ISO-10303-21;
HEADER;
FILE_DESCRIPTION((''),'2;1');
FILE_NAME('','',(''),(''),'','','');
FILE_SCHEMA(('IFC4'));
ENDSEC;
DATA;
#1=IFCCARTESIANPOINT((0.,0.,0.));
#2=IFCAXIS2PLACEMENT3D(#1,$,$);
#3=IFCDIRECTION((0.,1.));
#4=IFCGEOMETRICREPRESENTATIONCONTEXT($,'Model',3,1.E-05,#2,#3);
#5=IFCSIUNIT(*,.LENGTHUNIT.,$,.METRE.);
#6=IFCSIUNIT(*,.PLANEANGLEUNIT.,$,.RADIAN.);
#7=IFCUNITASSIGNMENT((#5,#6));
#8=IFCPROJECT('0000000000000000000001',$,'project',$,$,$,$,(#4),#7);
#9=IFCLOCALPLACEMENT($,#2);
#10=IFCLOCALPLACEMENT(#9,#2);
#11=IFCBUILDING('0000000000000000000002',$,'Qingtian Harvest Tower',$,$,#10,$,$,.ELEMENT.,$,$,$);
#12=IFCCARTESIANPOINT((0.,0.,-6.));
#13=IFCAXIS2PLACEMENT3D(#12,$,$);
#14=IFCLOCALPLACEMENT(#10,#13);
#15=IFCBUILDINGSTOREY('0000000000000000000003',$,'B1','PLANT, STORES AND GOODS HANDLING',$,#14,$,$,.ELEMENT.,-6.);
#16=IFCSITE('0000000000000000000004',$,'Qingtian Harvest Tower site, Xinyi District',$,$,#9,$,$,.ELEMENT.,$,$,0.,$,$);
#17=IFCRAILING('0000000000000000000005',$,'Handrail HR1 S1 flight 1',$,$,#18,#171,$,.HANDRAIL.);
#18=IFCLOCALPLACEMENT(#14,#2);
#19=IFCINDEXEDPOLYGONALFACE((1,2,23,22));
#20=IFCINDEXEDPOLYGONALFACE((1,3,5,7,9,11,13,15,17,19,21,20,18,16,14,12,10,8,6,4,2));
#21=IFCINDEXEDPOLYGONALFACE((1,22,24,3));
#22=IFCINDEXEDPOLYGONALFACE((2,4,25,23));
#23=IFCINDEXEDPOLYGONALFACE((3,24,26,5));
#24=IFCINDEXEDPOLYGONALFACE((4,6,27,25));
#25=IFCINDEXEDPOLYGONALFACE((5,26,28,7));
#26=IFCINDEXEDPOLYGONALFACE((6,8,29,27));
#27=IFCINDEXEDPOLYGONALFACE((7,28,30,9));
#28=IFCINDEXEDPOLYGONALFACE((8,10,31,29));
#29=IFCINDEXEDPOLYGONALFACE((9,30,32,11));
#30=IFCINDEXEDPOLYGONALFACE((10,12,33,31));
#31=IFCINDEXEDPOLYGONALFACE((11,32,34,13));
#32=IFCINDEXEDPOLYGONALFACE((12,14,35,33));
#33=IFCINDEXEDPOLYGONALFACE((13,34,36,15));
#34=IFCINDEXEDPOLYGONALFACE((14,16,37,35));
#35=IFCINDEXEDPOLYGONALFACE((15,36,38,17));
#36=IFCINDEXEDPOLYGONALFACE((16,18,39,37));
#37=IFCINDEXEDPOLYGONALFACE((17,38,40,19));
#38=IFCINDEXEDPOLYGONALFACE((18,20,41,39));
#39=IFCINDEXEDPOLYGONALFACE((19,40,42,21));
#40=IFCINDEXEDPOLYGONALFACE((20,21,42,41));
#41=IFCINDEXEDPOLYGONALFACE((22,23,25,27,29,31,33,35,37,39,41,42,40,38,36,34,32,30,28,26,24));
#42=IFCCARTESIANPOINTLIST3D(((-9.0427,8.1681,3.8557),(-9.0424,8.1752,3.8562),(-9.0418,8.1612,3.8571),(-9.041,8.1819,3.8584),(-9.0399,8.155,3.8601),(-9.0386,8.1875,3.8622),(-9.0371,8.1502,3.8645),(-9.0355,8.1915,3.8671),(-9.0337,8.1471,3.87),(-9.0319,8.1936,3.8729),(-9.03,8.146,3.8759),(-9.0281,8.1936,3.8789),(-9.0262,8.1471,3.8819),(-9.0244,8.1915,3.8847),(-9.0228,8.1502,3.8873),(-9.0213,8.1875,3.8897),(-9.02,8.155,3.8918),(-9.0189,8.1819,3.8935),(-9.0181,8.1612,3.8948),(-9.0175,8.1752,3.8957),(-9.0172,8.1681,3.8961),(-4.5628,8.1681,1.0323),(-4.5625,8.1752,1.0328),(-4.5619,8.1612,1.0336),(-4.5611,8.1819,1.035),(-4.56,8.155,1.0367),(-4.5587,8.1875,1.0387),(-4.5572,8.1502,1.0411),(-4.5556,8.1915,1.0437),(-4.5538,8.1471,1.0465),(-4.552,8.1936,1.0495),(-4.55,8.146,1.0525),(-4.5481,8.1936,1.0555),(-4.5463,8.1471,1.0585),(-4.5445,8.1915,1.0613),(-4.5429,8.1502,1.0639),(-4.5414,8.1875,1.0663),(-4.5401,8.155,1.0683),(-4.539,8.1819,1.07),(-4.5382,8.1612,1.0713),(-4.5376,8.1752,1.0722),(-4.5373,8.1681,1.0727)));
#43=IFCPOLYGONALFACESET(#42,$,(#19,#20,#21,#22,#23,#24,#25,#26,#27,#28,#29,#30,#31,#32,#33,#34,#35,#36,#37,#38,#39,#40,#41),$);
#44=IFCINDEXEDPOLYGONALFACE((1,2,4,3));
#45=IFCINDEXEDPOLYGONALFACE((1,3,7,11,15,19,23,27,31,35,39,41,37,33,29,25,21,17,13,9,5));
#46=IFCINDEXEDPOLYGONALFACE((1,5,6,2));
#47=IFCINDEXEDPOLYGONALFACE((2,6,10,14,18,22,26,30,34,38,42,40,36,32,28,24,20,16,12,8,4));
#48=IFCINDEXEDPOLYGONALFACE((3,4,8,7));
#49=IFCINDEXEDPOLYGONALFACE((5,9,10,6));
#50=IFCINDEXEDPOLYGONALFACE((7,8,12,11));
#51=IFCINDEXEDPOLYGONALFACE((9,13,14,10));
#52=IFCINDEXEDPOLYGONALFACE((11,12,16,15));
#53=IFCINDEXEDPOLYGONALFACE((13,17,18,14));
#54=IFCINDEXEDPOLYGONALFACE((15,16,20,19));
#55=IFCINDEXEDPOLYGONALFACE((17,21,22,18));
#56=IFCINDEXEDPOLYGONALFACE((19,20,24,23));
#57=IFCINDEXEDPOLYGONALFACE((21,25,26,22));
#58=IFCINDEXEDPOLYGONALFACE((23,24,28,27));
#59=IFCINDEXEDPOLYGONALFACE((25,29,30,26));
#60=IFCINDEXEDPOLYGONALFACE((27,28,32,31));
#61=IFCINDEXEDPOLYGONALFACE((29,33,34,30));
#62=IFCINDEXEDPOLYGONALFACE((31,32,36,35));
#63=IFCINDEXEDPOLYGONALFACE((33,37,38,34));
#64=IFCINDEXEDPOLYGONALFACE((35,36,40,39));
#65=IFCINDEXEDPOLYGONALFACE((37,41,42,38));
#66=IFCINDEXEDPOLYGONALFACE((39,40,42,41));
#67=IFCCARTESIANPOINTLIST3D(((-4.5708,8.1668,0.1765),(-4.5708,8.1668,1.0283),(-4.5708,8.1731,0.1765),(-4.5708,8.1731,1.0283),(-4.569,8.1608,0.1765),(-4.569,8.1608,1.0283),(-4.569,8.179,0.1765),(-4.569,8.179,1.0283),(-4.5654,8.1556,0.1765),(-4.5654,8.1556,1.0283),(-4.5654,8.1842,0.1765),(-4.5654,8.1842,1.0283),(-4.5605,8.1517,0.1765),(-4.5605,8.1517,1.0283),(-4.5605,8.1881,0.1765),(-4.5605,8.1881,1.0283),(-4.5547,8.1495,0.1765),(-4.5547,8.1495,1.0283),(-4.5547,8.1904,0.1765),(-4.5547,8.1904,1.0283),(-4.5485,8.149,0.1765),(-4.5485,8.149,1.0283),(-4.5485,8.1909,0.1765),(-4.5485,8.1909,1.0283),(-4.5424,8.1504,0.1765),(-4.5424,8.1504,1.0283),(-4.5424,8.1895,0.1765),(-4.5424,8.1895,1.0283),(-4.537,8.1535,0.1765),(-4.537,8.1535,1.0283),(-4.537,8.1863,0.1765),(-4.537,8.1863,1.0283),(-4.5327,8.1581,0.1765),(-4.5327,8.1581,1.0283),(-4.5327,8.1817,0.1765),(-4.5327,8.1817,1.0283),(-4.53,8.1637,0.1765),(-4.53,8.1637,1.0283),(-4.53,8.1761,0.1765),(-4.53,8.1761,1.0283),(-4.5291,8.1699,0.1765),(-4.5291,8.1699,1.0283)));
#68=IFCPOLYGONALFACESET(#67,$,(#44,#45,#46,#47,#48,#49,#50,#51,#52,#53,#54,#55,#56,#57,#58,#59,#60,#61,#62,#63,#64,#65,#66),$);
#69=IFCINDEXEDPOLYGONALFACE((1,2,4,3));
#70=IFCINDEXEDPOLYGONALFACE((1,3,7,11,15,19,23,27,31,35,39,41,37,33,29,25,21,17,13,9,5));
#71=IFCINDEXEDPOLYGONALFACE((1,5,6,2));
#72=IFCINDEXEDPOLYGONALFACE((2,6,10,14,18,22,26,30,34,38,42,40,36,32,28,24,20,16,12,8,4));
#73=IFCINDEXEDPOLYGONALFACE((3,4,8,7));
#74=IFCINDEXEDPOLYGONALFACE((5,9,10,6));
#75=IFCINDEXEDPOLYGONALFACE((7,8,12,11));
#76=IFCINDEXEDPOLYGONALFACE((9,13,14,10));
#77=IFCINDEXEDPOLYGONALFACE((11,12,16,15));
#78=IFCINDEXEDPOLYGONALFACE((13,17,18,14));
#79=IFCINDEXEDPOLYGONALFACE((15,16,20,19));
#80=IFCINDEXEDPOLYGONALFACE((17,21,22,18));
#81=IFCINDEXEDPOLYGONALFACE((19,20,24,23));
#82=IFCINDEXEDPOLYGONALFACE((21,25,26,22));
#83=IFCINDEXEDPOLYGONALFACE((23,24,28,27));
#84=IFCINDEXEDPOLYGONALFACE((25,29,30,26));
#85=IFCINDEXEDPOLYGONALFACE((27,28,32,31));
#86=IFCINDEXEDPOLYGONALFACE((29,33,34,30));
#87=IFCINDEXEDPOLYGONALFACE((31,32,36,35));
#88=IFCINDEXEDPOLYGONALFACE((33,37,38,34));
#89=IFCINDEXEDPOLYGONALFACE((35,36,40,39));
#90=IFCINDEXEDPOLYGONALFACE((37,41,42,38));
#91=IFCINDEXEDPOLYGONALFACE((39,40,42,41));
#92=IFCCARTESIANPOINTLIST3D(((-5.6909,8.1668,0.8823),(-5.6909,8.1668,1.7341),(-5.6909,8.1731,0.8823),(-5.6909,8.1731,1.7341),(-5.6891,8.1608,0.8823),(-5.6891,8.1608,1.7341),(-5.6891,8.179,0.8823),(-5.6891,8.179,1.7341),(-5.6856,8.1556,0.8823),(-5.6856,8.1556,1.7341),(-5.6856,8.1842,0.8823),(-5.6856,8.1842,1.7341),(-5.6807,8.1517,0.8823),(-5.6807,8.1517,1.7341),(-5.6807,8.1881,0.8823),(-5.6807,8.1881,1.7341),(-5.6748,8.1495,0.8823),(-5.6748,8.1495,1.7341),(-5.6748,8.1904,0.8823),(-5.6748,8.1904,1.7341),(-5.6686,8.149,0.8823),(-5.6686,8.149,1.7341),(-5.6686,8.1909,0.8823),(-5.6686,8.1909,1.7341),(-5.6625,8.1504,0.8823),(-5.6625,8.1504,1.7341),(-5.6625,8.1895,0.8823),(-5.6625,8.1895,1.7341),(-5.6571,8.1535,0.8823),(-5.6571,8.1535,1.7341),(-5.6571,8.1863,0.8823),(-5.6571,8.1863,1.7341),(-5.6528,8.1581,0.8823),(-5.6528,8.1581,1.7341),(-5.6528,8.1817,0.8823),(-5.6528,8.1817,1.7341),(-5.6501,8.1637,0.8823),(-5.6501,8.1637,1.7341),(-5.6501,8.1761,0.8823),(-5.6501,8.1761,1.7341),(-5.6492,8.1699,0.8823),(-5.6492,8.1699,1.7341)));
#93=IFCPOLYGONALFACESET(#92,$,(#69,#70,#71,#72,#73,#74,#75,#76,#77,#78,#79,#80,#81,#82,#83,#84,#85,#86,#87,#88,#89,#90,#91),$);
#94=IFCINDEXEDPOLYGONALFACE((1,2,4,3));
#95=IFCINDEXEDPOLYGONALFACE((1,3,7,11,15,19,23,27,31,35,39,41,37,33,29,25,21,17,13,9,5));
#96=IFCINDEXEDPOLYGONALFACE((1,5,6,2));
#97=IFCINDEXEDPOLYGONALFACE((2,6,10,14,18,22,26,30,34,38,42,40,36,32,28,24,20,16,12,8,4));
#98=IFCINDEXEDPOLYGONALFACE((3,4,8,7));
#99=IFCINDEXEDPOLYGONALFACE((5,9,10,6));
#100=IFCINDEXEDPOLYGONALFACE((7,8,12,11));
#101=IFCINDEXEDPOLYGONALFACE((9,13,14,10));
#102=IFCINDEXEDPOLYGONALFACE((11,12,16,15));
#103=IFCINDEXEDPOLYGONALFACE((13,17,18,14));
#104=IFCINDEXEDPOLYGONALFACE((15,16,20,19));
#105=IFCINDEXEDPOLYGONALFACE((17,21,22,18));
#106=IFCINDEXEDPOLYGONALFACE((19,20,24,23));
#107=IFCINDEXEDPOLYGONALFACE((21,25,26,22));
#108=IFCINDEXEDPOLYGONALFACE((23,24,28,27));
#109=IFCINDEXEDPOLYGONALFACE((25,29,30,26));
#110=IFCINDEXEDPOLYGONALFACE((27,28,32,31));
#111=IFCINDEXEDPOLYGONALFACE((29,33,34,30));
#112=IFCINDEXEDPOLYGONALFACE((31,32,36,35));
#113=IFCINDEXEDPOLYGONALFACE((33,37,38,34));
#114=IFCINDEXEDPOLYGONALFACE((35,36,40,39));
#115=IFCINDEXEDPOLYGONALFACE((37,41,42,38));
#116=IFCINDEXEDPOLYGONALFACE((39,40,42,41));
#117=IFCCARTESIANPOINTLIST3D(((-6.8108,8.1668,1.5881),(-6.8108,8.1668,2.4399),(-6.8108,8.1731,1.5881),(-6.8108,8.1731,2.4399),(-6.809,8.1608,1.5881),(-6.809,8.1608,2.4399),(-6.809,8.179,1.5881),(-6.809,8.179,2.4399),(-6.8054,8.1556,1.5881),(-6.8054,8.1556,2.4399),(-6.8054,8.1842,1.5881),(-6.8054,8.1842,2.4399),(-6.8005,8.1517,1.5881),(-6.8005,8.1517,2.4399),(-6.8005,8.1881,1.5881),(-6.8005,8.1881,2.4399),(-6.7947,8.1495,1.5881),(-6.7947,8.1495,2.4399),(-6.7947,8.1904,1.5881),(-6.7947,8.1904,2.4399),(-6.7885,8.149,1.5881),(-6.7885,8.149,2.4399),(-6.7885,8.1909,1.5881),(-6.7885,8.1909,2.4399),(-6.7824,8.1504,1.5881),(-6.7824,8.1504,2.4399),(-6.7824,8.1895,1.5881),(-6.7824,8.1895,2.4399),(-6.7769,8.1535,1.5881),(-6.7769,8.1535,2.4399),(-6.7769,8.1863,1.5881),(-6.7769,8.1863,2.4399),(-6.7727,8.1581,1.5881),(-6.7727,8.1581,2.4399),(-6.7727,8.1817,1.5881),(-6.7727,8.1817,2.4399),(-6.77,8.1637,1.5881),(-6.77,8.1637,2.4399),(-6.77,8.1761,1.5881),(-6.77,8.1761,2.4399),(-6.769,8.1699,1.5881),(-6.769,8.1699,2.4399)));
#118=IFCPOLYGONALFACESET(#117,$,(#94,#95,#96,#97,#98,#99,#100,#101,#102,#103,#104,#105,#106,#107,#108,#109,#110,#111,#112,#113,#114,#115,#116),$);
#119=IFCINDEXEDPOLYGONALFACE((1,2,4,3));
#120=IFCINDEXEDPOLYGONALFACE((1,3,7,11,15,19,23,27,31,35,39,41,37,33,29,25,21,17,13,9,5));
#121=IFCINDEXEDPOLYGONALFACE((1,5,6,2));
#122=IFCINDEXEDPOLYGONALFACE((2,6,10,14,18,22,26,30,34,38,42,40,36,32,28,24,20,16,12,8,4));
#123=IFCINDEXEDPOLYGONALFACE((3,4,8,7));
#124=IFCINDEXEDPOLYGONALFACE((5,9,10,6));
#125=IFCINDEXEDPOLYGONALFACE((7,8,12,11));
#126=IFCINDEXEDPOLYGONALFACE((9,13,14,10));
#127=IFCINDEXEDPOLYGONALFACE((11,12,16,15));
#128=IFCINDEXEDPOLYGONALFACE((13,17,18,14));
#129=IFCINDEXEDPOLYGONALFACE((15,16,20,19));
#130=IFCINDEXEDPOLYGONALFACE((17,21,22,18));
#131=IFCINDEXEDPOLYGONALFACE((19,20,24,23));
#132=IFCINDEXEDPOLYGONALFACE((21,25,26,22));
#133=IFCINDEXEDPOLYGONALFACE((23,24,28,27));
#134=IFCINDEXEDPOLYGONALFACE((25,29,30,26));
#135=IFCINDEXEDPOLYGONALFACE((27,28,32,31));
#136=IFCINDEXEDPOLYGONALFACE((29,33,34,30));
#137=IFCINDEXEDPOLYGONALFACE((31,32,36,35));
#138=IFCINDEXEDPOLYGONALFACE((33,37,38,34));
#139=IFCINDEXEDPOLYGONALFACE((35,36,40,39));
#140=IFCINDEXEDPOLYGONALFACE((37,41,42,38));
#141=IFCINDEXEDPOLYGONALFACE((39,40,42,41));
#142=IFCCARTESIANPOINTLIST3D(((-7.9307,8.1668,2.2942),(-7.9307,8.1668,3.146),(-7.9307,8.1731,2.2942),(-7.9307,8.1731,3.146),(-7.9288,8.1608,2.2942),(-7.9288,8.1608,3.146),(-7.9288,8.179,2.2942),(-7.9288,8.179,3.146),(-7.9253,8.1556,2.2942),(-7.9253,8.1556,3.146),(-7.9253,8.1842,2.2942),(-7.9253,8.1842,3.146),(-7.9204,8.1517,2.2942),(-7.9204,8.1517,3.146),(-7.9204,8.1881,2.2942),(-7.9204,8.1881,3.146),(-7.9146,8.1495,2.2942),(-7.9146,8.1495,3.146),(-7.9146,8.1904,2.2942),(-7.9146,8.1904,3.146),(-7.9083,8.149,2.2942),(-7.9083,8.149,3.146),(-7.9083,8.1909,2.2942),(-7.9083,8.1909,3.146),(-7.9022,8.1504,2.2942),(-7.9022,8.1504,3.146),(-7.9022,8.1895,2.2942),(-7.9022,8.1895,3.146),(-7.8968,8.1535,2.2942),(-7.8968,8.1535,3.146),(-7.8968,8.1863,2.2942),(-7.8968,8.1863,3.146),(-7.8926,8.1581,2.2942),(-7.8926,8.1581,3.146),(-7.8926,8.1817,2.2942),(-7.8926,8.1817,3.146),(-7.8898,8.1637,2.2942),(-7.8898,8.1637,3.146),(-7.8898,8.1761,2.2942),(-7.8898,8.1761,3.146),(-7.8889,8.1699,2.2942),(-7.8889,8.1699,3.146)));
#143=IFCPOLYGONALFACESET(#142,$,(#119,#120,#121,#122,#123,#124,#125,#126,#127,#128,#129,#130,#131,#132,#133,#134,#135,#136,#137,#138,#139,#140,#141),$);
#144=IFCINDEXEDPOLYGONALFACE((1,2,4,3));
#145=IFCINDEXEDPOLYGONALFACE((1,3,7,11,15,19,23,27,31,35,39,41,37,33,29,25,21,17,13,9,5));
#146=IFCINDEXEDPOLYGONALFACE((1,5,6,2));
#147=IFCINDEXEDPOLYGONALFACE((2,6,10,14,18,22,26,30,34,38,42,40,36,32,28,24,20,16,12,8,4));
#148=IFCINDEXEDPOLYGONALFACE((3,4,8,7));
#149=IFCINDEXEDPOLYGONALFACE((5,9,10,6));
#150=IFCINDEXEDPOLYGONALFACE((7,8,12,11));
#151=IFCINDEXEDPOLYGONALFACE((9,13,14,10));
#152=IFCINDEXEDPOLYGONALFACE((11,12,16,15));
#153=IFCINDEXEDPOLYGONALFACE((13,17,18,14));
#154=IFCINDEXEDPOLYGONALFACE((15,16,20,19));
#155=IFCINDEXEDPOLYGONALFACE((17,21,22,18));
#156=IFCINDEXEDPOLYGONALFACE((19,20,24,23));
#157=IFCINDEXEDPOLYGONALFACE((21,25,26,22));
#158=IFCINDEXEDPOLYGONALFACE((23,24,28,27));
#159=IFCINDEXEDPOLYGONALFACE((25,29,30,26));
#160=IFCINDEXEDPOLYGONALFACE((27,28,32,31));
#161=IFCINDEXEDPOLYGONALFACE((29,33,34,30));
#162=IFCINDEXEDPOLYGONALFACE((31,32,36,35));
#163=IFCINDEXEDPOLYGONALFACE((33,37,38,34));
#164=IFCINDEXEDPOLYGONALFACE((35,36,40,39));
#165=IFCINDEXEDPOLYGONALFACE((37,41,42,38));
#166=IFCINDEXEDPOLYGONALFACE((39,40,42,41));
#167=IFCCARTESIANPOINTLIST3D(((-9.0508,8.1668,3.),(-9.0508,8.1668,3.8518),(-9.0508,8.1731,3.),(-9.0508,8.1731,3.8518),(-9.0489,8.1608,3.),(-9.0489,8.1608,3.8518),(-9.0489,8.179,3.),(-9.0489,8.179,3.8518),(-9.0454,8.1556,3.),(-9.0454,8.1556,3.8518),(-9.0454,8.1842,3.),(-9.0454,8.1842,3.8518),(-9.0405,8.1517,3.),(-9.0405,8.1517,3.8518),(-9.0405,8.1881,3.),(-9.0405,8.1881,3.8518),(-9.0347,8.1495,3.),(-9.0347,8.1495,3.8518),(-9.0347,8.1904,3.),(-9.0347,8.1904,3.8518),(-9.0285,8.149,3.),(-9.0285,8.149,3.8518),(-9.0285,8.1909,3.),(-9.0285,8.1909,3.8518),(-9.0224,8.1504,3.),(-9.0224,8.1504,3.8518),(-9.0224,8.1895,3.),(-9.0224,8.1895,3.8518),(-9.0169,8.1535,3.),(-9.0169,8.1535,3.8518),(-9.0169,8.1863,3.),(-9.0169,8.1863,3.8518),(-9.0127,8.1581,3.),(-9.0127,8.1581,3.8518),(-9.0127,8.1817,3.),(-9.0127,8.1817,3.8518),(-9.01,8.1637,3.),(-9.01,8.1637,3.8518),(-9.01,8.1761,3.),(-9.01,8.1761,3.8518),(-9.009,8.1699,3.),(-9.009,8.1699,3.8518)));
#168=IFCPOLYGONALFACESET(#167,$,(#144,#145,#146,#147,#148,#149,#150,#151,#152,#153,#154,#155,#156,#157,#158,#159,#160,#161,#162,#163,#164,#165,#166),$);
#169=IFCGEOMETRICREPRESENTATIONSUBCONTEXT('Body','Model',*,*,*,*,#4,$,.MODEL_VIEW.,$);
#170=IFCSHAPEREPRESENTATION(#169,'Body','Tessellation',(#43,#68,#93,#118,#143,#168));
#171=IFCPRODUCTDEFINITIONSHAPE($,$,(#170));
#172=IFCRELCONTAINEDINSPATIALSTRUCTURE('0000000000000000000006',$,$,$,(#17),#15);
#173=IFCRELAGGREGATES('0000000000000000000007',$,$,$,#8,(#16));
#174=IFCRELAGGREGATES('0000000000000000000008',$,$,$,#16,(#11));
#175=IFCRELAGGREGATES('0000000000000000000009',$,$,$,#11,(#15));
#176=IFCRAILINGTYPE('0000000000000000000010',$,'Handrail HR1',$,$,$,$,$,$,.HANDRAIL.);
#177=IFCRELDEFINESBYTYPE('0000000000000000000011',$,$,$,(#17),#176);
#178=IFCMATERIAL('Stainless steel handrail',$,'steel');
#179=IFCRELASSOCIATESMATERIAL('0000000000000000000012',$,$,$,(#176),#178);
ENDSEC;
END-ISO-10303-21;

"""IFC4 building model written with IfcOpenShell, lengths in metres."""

from ifc_helpers import new_model, si_unit, direction, frame, origin, origin_2d, place, context, subcontext, project, spatial, circle, extrude, material, type_object, element, save


model = new_model("IFC4")

# Units and contexts
model_context = context("Model", 3, precision=1e-05, world=origin(), true_north=direction((0.0, 1.0)))
body_context = subcontext(model_context, "Body", "Model", "MODEL_VIEW")
ifc_project = project(units=[si_unit("LENGTHUNIT", "METRE"), si_unit("PLANEANGLEUNIT", "RADIAN")], contexts=[model_context])

# Site, building, storey
site_placement = place(None, origin())
site = spatial("IfcSite", under=ifc_project, at=site_placement, Name="Qingtian Harvest Tower site, Xinyi District", CompositionType="ELEMENT", RefElevation=0.0)
building_placement = place(site_placement, origin())
building = spatial("IfcBuilding", under=site, at=building_placement, Name="Qingtian Harvest Tower", CompositionType="ELEMENT")
storey_placement = place(building_placement, frame((0.0, 0.0, -6.0)))
storey = spatial("IfcBuildingStorey", under=building, at=storey_placement, Name="B1", Description="PLANT, STORES AND GOODS HANDLING", CompositionType="ELEMENT", Elevation=-6.0)

# Railing
ifc_material_1 = material(Name="Stainless steel handrail", Category="steel")
railing_type = type_object("IfcRailingType", Name="Handrail HR1", PredefinedType="HANDRAIL", material=ifc_material_1)
railing_1_placement = place(storey_placement, frame((-4.55, 8.1699, 0.1765)))
element("IfcRailing", 1, at=railing_1_placement, inside=storey, type_object=railing_type, Name="Handrail HR1 S1 flight 1", PredefinedType="HANDRAIL", context=body_context, shape_type="SweptSolid", body=[
    extrude(circle(Radius=0.0239, at=origin_2d()), frame((0.0, 0.0, 0.876), z_axis=(-0.845998, 0.0, 0.533186), x_axis=(0.0, -1.0, 0.0)), (0.0, 0.0, 1.0), 5.2954),
    extrude(circle(Radius=0.021, at=origin_2d()), origin(), (0.0, 0.0, 1.0), 0.8518),
    extrude(circle(Radius=0.021, at=origin_2d()), frame((-1.1201, 0.0, 0.7058)), (0.0, 0.0, 1.0), 0.8518),
    extrude(circle(Radius=0.021, at=origin_2d()), frame((-2.24, 0.0, 1.4116)), (0.0, 0.0, 1.0), 0.8518),
    extrude(circle(Radius=0.021, at=origin_2d()), frame((-3.3599, 0.0, 2.1177)), (0.0, 0.0, 1.0), 0.8518),
    extrude(circle(Radius=0.021, at=origin_2d()), frame((-4.48, 0.0, 2.8235)), (0.0, 0.0, 1.0), 0.8518),
])

save(model, "model.ifc")
